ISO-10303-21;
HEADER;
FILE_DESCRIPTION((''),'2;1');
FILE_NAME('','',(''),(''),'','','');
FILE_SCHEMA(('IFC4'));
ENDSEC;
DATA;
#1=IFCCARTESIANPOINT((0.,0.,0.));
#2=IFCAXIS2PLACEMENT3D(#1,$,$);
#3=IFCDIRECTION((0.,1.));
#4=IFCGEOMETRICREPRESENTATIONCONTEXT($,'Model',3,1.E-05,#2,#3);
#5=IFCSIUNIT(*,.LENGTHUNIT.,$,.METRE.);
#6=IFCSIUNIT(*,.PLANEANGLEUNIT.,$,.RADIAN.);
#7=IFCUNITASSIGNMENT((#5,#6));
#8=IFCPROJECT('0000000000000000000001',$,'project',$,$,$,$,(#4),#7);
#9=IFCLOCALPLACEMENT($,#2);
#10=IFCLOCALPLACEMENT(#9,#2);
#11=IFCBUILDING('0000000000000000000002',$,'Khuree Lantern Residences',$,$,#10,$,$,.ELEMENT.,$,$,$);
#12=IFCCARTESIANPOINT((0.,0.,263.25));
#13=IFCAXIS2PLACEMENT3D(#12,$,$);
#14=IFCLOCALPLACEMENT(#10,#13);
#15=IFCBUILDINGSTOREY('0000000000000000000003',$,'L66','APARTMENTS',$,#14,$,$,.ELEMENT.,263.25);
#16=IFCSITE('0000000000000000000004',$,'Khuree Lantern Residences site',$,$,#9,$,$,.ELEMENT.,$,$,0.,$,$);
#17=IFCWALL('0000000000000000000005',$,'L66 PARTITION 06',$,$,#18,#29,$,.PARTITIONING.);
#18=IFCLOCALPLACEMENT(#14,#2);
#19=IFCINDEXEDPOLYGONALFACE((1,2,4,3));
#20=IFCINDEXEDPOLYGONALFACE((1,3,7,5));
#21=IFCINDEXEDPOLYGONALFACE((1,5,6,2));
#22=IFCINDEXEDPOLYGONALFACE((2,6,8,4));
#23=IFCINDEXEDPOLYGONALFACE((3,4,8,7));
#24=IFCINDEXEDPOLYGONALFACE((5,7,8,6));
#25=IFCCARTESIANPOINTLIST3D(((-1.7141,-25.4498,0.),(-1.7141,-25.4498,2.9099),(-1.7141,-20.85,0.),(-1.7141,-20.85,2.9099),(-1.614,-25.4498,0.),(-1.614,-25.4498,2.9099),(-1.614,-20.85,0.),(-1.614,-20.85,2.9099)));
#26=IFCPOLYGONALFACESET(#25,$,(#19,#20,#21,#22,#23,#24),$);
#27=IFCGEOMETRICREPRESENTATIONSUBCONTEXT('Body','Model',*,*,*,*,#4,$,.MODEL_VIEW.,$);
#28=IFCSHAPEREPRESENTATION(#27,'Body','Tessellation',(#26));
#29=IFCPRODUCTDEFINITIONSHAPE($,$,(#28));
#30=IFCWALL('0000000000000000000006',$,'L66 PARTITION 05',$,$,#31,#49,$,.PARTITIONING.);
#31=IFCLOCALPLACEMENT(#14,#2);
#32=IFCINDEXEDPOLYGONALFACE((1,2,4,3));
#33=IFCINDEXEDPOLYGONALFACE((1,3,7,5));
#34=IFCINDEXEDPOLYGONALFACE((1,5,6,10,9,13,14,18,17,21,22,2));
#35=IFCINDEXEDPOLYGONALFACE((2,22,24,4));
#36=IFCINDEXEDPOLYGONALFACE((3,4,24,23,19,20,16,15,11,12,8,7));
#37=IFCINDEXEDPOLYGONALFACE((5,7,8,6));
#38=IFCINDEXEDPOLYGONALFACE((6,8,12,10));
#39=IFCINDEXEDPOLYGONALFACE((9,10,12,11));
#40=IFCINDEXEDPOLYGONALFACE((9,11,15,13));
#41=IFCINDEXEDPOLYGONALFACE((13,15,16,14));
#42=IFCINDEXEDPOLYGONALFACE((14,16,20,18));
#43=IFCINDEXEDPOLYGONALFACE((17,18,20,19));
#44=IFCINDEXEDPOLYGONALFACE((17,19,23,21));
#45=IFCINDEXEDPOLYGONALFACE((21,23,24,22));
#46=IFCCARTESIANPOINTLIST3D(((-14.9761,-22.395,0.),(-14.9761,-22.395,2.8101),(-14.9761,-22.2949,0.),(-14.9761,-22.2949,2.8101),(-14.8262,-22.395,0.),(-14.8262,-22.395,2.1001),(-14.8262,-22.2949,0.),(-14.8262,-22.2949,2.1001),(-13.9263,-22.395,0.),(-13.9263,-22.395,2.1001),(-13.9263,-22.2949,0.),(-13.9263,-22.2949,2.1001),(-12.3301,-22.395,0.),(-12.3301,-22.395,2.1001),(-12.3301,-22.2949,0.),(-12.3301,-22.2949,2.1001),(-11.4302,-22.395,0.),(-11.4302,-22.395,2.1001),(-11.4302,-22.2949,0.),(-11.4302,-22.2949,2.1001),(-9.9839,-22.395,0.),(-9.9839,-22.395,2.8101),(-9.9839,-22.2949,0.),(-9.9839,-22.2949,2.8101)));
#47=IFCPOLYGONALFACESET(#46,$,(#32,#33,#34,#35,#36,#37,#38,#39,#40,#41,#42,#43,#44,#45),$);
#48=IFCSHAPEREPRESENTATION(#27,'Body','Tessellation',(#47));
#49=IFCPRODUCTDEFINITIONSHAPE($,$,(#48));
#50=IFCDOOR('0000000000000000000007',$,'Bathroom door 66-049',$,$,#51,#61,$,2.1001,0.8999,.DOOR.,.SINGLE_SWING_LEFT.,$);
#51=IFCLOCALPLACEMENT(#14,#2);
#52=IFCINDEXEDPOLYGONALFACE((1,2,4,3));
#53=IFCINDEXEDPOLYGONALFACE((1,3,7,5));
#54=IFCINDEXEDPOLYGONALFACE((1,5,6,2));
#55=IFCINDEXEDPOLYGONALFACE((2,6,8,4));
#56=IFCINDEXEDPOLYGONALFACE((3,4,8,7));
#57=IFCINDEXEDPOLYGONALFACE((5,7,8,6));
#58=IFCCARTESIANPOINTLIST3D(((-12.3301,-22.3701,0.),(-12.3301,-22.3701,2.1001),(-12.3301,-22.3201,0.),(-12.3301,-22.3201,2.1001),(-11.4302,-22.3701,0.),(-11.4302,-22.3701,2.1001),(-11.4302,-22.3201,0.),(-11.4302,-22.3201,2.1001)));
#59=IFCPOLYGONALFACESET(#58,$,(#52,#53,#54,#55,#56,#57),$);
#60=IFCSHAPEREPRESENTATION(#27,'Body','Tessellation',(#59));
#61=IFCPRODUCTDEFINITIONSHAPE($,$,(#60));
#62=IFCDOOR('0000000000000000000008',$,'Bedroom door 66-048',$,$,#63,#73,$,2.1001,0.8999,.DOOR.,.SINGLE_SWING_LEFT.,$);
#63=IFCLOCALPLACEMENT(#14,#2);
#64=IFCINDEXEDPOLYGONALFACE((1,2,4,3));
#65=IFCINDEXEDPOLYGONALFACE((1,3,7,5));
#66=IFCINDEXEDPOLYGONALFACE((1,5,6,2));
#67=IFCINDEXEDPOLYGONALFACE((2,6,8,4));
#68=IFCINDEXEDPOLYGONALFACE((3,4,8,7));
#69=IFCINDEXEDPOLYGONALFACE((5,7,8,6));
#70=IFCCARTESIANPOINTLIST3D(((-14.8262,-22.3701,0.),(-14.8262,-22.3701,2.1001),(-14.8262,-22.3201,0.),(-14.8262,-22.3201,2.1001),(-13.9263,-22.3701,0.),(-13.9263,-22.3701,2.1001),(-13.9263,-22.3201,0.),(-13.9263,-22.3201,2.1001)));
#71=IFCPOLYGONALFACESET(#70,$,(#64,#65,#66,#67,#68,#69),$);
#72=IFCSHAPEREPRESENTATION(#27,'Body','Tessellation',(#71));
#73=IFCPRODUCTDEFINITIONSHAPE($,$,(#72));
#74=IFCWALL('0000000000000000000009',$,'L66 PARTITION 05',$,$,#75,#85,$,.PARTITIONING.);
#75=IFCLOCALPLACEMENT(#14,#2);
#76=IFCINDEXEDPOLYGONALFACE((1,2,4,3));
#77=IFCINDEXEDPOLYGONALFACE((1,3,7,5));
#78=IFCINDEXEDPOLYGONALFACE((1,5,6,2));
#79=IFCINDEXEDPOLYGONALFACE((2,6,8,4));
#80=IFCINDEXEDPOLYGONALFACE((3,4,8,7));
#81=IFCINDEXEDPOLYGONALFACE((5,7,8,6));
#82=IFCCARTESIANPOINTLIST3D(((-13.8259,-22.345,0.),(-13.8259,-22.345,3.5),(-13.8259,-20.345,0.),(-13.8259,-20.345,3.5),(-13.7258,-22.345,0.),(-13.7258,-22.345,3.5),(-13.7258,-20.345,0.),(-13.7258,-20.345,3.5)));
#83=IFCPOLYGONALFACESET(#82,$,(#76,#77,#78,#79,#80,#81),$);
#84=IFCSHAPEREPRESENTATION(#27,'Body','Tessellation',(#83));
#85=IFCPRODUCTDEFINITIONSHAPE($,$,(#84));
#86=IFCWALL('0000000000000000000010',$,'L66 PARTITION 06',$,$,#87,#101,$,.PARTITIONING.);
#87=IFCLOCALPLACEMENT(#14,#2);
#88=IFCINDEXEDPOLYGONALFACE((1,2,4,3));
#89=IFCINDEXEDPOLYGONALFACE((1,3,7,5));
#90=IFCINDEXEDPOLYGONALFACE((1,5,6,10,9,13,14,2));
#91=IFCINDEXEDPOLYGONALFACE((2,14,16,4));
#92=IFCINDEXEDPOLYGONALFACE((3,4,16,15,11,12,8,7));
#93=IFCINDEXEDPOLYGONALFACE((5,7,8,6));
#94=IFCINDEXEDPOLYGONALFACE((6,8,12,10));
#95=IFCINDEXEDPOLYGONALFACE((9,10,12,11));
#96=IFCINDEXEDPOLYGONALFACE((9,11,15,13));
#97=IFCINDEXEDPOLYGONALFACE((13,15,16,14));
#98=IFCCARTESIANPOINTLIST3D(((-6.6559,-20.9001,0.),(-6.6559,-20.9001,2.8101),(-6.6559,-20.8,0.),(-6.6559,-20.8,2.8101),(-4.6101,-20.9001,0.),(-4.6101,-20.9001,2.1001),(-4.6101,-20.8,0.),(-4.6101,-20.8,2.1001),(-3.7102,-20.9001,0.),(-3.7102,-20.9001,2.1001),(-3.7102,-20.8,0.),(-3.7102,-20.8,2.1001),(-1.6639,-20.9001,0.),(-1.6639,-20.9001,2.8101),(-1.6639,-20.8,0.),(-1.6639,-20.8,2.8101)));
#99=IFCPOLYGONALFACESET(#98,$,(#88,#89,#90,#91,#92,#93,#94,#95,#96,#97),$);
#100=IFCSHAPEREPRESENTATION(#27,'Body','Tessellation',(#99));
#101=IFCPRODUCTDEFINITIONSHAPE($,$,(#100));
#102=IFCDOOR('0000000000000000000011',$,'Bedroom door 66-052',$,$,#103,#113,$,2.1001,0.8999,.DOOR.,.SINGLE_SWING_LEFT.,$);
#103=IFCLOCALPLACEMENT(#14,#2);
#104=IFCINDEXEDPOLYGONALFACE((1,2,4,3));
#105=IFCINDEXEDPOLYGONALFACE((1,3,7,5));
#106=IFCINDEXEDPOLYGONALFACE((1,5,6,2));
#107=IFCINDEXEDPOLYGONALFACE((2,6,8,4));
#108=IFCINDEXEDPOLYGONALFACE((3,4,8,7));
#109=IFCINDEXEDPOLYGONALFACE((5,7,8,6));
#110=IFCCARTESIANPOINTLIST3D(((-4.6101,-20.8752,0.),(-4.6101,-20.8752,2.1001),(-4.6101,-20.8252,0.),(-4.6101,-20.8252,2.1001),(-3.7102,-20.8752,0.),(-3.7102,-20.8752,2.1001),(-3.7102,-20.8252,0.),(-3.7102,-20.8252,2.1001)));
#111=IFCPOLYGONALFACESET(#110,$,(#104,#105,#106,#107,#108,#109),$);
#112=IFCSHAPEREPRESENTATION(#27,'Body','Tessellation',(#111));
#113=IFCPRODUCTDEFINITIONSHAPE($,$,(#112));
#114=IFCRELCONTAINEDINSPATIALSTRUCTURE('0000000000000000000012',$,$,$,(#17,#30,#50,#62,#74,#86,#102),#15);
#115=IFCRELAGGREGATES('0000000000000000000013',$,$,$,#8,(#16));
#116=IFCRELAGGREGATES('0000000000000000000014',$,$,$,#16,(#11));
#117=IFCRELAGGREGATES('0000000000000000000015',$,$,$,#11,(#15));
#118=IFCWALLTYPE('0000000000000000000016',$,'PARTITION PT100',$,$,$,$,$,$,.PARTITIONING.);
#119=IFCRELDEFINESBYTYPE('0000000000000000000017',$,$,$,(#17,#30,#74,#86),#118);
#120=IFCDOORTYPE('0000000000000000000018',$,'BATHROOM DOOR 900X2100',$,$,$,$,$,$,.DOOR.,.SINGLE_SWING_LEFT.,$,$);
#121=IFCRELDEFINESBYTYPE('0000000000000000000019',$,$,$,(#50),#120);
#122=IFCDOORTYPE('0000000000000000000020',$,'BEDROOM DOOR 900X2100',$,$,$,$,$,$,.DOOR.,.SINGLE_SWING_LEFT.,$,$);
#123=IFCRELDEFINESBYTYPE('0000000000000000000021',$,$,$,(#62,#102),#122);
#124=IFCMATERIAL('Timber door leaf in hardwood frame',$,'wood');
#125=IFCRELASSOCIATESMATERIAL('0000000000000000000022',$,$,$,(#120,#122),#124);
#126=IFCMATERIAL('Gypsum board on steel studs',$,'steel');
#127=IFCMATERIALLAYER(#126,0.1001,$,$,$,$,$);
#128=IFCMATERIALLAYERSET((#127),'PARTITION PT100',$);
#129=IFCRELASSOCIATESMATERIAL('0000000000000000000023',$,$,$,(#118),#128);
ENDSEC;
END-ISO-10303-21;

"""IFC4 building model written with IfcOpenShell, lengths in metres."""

from ifc_helpers import new_model, si_unit, direction, frame, frame_2d, origin, place, context, subcontext, project, spatial, rectangle, extrude, material, layer, layer_set, type_object, element, fill, save


model = new_model("IFC4")

# Units and contexts
model_context = context("Model", 3, precision=1e-05, world=origin(), true_north=direction((0.0, 1.0)))
body_context = subcontext(model_context, "Body", "Model", "MODEL_VIEW")
ifc_project = project(units=[si_unit("LENGTHUNIT", "METRE"), si_unit("PLANEANGLEUNIT", "RADIAN")], contexts=[model_context])

# Site, building, storey
site_placement = place(None, origin())
site = spatial("IfcSite", under=ifc_project, at=site_placement, Name="Khuree Lantern Residences site", CompositionType="ELEMENT", RefElevation=0.0)
building_placement = place(site_placement, origin())
building = spatial("IfcBuilding", under=site, at=building_placement, Name="Khuree Lantern Residences", CompositionType="ELEMENT")
storey_placement = place(building_placement, frame((0.0, 0.0, 263.25)))
storey = spatial("IfcBuildingStorey", under=building, at=storey_placement, Name="L66", Description="APARTMENTS", CompositionType="ELEMENT", Elevation=263.25)

# Shared definitions
ifc_material_1 = material(Name="Timber door leaf in hardwood frame", Category="wood")
door_type_1 = type_object("IfcDoorType", Name="BATHROOM DOOR 900X2100", OperationType="SINGLE_SWING_LEFT", PredefinedType="DOOR", material=ifc_material_1)

# Wall
ifc_material_2 = material(Name="Gypsum board on steel studs", Category="steel")
ifc_layer_1 = layer(ifc_material_2, 0.1001)
ifc_layer_set_1 = layer_set([ifc_layer_1], Name="PARTITION PT100")
wall_type_1 = type_object("IfcWallType", Name="PARTITION PT100", PredefinedType="PARTITIONING", material=ifc_layer_set_1)
wall_1_placement = place(storey_placement, frame((-1.6641, -20.8501, 0.0), z_axis=(0.0, 0.0, 1.0), x_axis=(0.0, -1.0, 0.0)))
element("IfcWall", 1, at=wall_1_placement, inside=storey, type_object=wall_type_1, Name="L66 PARTITION 06", PredefinedType="PARTITIONING", context=body_context, shape_type="SweptSolid", body=[
    extrude(rectangle(XDim=4.5999, YDim=0.1001, at=frame_2d((2.2998, 0.0))), origin(), (0.0, 0.0, 1.0), 2.9099),
])

# Wall, openings, doors
wall_2_placement = place(storey_placement, frame((-14.9761, -22.345, 0.0), z_axis=(0.0, 0.0, 1.0), x_axis=(1.0, 0.0, 0.0)))
wall_2 = element("IfcWall", 2, at=wall_2_placement, inside=storey, type_object=wall_type_1, Name="L66 PARTITION 05", PredefinedType="PARTITIONING", context=body_context, shape_type="SweptSolid", body=[
    extrude(rectangle(XDim=4.9922, YDim=0.1001, at=frame_2d((2.4961, 0.0))), origin(), (0.0, 0.0, 1.0), 2.8101),
])
opening_1_placement = place(wall_2_placement, frame((0.1499, 0.0, 0.0)))
opening_1 = element("IfcOpeningElement", 3, at=opening_1_placement, cuts=wall_2, PredefinedType="OPENING", context=body_context, shape_type="SweptSolid", body=[
    extrude(rectangle(XDim=0.8999, YDim=2.1001, at=frame_2d((0.45, 1.05))), frame((0.0, 0.0601, 0.0), z_axis=(0.0, -1.0, 0.0), x_axis=(1.0, 0.0, 0.0)), (0.0, 0.0, 1.0), 0.1201),
])
opening_2_placement = place(wall_2_placement, frame((2.646, 0.0, 0.0)))
opening_2 = element("IfcOpeningElement", 4, at=opening_2_placement, cuts=wall_2, PredefinedType="OPENING", context=body_context, shape_type="SweptSolid", body=[
    extrude(rectangle(XDim=0.8999, YDim=2.1001, at=frame_2d((0.45, 1.05))), frame((0.0, 0.0601, 0.0), z_axis=(0.0, -1.0, 0.0), x_axis=(1.0, 0.0, 0.0)), (0.0, 0.0, 1.0), 0.1201),
])
door_1_placement = place(opening_2_placement, origin())
door_1 = element("IfcDoor", 5, at=door_1_placement, inside=storey, type_object=door_type_1, Name="Bathroom door 66-049", OperationType="SINGLE_SWING_LEFT", OverallHeight=2.1001, OverallWidth=0.8999, PredefinedType="DOOR", context=body_context, shape_type="SweptSolid", body=[
    extrude(rectangle(XDim=0.8999, YDim=2.1001, at=frame_2d((0.45, 1.05))), frame((0.0, 0.0249, 0.0), z_axis=(0.0, -1.0, 0.0), x_axis=(1.0, 0.0, 0.0)), (0.0, 0.0, 1.0), 0.05),
])
fill(opening_2, door_1)
door_type_2 = type_object("IfcDoorType", Name="BEDROOM DOOR 900X2100", OperationType="SINGLE_SWING_LEFT", PredefinedType="DOOR", material=ifc_material_1)
door_2_placement = place(opening_1_placement, origin())
door_2 = element("IfcDoor", 6, at=door_2_placement, inside=storey, type_object=door_type_2, Name="Bedroom door 66-048", OperationType="SINGLE_SWING_LEFT", OverallHeight=2.1001, OverallWidth=0.8999, PredefinedType="DOOR", context=body_context, shape_type="SweptSolid", body=[
    extrude(rectangle(XDim=0.8999, YDim=2.1001, at=frame_2d((0.45, 1.05))), frame((0.0, 0.0249, 0.0), z_axis=(0.0, -1.0, 0.0), x_axis=(1.0, 0.0, 0.0)), (0.0, 0.0, 1.0), 0.05),
])
fill(opening_1, door_2)

# Wall
wall_3_placement = place(storey_placement, frame((-13.7759, -20.345, 0.0), z_axis=(0.0, 0.0, 1.0), x_axis=(0.0, -1.0, 0.0)))
element("IfcWall", 7, at=wall_3_placement, inside=storey, type_object=wall_type_1, Name="L66 PARTITION 05", PredefinedType="PARTITIONING", context=body_context, shape_type="SweptSolid", body=[
    extrude(rectangle(XDim=2.0, YDim=0.1001, at=frame_2d((1.0, 0.0))), origin(), (0.0, 0.0, 1.0), 3.5),
])

# Wall, opening, door
wall_4_placement = place(storey_placement, frame((-6.656, -20.8501, 0.0), z_axis=(0.0, 0.0, 1.0), x_axis=(1.0, 0.0, 0.0)))
wall_4 = element("IfcWall", 8, at=wall_4_placement, inside=storey, type_object=wall_type_1, Name="L66 PARTITION 06", PredefinedType="PARTITIONING", context=body_context, shape_type="SweptSolid", body=[
    extrude(rectangle(XDim=4.9919, YDim=0.1001, at=frame_2d((2.4961, 0.0))), origin(), (0.0, 0.0, 1.0), 2.8101),
])
opening_3_placement = place(wall_4_placement, frame((2.0459, 0.0, 0.0)))
opening_3 = element("IfcOpeningElement", 9, at=opening_3_placement, cuts=wall_4, PredefinedType="OPENING", context=body_context, shape_type="SweptSolid", body=[
    extrude(rectangle(XDim=0.8999, YDim=2.1001, at=frame_2d((0.45, 1.05))), frame((0.0, 0.0601, 0.0), z_axis=(0.0, -1.0, 0.0), x_axis=(1.0, 0.0, 0.0)), (0.0, 0.0, 1.0), 0.1201),
])
door_3_placement = place(opening_3_placement, origin())
door_3 = element("IfcDoor", 10, at=door_3_placement, inside=storey, type_object=door_type_2, Name="Bedroom door 66-052", OperationType="SINGLE_SWING_LEFT", OverallHeight=2.1001, OverallWidth=0.8999, PredefinedType="DOOR", context=body_context, shape_type="SweptSolid", body=[
    extrude(rectangle(XDim=0.8999, YDim=2.1001, at=frame_2d((0.45, 1.05))), frame((0.0, 0.0249, 0.0), z_axis=(0.0, -1.0, 0.0), x_axis=(1.0, 0.0, 0.0)), (0.0, 0.0, 1.0), 0.05),
])
fill(opening_3, door_3)

save(model, "model.ifc")
